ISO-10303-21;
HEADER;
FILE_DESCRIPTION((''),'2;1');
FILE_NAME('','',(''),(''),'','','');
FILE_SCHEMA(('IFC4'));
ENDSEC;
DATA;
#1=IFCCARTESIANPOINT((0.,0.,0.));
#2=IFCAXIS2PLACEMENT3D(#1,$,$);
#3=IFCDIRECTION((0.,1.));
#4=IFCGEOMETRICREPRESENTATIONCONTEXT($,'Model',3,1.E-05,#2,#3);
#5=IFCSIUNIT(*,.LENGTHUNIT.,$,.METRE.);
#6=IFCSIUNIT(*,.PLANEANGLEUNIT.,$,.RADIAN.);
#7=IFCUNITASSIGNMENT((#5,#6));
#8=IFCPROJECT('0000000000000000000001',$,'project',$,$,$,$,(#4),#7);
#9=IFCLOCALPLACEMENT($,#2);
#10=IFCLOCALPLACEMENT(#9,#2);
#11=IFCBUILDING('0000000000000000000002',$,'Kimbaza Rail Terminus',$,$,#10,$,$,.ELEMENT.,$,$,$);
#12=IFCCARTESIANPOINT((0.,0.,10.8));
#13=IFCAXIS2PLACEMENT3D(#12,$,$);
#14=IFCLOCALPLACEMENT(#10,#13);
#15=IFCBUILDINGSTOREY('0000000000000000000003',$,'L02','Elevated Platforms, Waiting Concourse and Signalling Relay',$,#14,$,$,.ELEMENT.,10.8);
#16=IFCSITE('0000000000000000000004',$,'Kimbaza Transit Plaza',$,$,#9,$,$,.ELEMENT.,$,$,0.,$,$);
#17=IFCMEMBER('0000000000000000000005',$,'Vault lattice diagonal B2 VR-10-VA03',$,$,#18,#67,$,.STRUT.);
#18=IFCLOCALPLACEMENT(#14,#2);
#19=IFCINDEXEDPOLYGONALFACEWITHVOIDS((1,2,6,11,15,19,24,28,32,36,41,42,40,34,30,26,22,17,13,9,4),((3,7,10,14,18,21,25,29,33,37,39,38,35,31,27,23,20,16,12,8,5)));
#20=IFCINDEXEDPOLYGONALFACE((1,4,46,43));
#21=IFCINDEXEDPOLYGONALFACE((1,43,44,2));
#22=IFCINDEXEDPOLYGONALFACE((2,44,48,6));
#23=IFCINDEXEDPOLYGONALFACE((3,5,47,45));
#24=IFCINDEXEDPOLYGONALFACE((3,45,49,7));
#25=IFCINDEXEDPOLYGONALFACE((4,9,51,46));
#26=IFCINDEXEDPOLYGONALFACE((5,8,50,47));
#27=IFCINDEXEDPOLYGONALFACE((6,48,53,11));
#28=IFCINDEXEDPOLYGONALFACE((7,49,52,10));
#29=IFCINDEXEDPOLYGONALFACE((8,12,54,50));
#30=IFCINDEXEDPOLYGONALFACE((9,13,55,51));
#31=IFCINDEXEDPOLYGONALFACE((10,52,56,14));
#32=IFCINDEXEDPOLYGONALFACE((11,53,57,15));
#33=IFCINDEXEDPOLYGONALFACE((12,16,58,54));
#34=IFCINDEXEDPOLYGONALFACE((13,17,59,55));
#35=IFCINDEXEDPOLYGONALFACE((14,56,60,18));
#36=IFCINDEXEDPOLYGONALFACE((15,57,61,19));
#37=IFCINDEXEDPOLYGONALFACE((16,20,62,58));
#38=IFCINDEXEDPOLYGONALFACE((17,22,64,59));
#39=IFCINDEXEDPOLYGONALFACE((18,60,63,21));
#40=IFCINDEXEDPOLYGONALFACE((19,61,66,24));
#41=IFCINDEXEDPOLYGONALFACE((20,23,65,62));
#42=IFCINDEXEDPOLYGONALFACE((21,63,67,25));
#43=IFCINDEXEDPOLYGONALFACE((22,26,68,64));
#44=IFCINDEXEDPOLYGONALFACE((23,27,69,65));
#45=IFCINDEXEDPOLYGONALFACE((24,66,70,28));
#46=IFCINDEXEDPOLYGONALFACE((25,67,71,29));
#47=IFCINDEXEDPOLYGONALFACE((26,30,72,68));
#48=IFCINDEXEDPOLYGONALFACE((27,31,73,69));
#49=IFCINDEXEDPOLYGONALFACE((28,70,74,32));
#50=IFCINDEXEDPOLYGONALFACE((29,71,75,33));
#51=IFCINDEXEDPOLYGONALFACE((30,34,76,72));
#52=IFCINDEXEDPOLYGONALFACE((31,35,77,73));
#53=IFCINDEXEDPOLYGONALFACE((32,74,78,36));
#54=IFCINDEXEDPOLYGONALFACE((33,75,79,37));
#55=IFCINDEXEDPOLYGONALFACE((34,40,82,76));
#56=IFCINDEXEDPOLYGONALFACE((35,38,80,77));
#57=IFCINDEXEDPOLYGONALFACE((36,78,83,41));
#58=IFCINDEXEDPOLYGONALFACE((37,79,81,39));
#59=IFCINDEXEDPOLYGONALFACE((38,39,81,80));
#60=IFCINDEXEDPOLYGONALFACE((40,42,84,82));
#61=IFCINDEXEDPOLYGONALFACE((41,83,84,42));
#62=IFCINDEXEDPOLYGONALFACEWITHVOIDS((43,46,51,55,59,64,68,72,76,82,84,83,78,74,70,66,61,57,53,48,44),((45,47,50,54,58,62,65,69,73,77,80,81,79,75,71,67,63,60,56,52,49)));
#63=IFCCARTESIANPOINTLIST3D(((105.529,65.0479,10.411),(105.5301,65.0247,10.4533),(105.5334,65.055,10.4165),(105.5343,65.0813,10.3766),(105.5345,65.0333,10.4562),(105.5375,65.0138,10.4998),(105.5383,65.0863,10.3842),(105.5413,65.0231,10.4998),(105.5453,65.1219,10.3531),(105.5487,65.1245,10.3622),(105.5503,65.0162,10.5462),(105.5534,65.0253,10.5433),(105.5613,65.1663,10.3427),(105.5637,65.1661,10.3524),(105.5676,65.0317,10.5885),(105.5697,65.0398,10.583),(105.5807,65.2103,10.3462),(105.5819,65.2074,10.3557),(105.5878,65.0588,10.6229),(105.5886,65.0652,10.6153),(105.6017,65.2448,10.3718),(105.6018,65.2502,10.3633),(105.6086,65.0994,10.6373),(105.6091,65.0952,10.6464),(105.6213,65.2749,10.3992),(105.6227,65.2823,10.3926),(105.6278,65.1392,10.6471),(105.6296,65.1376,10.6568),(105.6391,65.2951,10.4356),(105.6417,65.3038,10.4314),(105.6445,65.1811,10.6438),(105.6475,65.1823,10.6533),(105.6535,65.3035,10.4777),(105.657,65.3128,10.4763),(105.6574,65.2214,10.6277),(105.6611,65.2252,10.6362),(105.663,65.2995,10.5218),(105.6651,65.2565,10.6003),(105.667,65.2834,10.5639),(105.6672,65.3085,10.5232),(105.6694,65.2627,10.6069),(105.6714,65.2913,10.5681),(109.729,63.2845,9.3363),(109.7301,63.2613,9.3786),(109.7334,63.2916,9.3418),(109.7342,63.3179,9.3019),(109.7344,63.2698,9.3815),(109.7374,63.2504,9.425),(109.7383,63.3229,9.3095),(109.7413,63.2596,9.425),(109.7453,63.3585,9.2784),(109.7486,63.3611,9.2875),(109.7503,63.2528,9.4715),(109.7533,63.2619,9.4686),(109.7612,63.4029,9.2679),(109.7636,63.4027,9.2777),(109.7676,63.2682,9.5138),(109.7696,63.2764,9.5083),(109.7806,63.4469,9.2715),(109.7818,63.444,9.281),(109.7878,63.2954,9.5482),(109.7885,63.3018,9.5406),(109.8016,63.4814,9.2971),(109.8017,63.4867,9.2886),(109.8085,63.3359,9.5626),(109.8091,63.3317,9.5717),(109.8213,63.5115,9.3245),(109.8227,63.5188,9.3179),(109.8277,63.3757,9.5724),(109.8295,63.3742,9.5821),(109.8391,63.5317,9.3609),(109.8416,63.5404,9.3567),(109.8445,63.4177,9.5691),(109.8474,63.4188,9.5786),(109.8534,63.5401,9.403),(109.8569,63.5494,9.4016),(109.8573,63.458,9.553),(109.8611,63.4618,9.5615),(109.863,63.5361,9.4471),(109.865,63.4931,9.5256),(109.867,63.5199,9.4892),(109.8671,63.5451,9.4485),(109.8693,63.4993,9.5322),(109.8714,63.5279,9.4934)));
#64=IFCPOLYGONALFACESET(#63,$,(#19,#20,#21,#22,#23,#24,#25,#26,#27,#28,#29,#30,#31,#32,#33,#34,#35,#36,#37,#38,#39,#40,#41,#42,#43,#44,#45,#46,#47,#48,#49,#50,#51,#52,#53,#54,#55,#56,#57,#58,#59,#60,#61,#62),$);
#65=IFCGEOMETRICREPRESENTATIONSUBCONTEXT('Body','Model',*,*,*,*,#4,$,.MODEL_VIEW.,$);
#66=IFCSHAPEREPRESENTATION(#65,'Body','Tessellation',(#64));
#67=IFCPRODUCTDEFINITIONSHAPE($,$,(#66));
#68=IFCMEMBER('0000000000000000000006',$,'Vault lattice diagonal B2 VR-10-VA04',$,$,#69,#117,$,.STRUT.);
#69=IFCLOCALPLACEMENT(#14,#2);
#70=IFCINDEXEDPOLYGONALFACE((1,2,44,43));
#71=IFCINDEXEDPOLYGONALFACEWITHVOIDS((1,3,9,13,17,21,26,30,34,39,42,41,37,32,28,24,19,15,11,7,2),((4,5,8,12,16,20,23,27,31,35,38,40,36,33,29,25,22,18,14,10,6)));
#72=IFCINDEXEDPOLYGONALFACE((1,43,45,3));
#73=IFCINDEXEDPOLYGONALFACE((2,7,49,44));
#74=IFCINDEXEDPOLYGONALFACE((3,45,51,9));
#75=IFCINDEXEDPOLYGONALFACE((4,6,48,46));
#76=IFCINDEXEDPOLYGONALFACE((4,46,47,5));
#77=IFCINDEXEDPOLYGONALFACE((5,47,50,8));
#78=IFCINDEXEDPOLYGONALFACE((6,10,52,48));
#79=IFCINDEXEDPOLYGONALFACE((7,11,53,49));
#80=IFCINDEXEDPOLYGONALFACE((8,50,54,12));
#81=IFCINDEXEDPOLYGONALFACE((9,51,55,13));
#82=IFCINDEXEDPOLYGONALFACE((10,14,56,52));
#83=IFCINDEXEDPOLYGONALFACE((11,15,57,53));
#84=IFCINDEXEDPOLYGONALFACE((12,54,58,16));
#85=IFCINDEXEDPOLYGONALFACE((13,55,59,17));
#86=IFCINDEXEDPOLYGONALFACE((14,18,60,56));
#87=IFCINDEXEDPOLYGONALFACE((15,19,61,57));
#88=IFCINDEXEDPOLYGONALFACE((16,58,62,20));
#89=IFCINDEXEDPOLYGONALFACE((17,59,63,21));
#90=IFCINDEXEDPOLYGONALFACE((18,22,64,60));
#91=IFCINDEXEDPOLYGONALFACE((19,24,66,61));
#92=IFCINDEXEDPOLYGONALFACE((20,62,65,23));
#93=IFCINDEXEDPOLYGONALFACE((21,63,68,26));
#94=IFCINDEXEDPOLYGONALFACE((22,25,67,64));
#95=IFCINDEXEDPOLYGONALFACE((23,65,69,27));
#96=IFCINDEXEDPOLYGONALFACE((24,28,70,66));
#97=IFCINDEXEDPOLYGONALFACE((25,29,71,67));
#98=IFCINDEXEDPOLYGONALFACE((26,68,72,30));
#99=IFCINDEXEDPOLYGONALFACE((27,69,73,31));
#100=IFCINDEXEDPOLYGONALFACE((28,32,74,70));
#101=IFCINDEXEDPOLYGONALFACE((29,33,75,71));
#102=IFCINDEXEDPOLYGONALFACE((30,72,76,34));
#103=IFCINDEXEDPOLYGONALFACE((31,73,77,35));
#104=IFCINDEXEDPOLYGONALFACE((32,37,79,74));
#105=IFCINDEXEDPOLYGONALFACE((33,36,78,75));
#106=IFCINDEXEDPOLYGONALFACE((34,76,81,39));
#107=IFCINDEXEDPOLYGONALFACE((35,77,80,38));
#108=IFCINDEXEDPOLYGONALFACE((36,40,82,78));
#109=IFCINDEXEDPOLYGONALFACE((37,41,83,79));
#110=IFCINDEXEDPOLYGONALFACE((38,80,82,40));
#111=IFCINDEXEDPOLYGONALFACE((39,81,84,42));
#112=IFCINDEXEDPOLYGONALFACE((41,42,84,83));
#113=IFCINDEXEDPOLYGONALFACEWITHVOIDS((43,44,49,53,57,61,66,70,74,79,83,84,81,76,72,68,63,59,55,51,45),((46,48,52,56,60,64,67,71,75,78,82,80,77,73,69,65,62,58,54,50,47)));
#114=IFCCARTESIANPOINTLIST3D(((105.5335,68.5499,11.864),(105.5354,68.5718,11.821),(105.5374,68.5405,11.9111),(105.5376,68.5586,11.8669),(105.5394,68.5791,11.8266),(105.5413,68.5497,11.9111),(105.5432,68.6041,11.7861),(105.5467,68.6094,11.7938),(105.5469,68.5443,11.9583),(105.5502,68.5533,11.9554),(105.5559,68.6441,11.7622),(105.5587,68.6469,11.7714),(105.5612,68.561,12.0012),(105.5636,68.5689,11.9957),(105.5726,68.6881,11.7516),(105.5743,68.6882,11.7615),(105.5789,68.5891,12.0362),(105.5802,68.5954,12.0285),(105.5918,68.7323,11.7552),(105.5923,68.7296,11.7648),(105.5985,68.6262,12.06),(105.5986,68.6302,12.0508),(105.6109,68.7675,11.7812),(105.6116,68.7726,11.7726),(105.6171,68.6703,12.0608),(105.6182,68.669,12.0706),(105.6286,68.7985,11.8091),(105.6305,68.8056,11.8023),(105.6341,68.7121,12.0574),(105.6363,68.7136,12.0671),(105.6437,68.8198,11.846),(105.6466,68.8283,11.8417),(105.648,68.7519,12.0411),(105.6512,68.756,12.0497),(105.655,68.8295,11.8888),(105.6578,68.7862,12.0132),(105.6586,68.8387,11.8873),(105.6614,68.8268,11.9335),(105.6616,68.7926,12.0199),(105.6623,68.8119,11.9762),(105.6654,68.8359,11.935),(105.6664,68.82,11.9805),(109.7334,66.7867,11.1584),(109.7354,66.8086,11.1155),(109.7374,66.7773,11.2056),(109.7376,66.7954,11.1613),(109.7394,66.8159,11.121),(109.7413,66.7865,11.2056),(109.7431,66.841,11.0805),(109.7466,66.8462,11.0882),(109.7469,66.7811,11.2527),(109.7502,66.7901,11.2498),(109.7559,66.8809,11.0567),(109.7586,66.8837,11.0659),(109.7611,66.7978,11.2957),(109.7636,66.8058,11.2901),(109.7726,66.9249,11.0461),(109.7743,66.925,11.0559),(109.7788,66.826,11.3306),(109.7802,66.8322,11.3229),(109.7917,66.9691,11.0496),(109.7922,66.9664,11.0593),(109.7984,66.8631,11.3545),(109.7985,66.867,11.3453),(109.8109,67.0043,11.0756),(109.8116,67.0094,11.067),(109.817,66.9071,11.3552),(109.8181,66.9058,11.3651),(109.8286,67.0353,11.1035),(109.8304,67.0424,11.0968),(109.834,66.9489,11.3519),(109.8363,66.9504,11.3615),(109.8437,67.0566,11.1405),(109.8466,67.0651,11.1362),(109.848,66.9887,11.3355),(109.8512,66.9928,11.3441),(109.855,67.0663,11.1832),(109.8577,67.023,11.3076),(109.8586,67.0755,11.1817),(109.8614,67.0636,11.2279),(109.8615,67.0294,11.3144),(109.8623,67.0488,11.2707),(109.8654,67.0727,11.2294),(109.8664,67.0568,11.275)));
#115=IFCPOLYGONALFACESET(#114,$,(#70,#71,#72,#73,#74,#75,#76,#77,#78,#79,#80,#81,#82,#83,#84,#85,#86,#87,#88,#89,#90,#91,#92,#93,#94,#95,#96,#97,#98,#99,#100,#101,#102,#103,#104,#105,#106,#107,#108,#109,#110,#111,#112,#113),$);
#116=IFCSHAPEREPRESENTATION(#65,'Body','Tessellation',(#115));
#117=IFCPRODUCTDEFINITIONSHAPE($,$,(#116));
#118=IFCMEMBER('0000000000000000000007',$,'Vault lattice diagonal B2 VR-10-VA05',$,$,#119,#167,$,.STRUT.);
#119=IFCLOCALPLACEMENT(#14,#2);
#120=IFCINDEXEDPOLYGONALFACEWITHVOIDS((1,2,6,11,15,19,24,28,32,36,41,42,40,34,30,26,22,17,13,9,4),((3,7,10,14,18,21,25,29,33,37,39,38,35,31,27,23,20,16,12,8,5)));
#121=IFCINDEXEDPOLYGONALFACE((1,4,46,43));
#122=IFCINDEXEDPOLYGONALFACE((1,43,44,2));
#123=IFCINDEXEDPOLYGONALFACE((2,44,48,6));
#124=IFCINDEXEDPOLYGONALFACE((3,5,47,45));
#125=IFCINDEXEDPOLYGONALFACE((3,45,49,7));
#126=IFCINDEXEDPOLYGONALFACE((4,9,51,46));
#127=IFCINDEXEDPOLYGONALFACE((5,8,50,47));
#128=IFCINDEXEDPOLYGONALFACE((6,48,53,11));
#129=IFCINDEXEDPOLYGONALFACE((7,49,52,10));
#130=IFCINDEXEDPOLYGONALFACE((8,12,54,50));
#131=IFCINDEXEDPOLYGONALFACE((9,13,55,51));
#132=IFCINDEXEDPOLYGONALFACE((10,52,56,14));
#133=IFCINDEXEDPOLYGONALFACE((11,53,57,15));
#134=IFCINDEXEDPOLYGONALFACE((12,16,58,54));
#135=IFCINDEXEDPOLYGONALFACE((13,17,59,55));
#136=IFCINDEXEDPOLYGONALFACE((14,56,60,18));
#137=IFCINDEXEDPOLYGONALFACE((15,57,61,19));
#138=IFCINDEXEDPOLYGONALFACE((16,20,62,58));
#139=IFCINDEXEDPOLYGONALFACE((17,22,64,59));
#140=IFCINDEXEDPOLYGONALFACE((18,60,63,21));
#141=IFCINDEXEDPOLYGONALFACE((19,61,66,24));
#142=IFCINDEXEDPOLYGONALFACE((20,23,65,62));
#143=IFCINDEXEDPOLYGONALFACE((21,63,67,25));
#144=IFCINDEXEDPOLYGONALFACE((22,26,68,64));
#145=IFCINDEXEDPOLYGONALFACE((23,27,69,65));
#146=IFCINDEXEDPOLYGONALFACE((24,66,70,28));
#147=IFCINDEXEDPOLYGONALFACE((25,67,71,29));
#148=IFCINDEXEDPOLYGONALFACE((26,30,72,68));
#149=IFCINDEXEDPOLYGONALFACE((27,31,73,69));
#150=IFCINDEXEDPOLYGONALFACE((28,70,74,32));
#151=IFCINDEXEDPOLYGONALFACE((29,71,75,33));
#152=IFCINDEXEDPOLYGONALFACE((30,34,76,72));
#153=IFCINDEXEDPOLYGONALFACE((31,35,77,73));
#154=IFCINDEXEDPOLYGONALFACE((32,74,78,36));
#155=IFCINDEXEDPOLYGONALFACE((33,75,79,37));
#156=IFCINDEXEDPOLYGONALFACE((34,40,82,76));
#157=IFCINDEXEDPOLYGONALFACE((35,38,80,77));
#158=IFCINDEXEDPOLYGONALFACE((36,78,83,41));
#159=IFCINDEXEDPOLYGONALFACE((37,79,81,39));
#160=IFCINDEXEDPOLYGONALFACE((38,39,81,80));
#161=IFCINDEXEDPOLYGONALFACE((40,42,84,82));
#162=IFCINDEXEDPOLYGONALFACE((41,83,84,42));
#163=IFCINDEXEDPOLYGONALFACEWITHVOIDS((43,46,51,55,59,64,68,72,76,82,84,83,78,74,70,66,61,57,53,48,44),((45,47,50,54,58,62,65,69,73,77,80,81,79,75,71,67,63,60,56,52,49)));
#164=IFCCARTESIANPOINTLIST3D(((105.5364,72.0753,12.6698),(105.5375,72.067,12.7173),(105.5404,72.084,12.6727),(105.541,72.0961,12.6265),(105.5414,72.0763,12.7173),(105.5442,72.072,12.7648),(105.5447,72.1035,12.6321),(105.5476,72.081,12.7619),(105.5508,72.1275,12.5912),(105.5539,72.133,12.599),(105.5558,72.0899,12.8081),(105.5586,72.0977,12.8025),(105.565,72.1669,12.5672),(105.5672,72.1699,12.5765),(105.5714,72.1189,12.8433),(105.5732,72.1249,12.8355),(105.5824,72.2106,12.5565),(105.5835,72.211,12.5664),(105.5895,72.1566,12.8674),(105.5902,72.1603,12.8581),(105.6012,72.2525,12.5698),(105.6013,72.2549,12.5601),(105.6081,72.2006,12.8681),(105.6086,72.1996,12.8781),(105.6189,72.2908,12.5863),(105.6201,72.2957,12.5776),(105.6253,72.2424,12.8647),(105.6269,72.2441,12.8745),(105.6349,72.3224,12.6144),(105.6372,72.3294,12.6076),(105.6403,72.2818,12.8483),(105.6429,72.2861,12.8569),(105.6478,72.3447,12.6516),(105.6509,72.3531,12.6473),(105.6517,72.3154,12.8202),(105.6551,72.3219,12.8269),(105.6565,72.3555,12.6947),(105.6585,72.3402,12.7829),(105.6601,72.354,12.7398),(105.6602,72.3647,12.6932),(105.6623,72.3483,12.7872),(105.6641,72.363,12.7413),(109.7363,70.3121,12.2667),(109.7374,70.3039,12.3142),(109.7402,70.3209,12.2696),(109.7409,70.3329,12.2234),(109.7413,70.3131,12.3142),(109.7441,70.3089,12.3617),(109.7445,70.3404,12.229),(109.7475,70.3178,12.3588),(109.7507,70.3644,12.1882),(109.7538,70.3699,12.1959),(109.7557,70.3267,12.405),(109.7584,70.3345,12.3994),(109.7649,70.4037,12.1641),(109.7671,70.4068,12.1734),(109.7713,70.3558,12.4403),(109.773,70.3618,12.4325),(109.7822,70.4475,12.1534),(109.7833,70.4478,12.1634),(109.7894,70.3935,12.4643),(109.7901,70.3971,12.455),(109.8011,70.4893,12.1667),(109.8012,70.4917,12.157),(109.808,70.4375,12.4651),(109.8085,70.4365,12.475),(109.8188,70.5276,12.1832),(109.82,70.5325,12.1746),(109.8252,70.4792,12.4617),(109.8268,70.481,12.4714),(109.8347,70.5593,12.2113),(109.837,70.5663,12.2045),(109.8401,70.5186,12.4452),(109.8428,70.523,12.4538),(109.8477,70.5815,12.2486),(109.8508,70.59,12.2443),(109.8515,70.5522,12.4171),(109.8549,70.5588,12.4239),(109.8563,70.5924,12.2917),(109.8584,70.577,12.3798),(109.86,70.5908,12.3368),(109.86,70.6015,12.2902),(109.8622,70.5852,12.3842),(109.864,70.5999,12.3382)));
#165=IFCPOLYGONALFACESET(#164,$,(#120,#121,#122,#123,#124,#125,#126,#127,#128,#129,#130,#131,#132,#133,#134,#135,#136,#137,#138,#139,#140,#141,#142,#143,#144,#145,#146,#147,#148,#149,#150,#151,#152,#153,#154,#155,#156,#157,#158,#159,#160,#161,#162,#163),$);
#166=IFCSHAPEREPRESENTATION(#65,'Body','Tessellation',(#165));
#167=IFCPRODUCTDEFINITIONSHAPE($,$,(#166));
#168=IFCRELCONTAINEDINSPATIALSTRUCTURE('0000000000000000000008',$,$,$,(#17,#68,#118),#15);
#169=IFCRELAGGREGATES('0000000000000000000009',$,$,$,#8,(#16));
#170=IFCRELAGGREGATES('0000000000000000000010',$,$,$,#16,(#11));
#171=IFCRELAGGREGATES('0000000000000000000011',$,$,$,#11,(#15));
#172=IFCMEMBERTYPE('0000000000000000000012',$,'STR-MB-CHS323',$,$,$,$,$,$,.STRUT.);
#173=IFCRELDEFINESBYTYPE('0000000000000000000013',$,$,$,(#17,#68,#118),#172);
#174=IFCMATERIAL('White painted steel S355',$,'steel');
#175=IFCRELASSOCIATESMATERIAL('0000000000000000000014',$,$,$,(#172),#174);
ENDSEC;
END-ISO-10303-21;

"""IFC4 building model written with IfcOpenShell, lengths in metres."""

from ifc_helpers import new_model, si_unit, direction, frame, origin, origin_2d, place, context, subcontext, project, spatial, hollow_circle, extrude, material, material_profile, profile_set, type_object, element, save


model = new_model("IFC4")

# Units and contexts
model_context = context("Model", 3, precision=1e-05, world=origin(), true_north=direction((0.0, 1.0)))
body_context = subcontext(model_context, "Body", "Model", "MODEL_VIEW")
ifc_project = project(units=[si_unit("LENGTHUNIT", "METRE"), si_unit("PLANEANGLEUNIT", "RADIAN")], contexts=[model_context])

# Site, building, storey
site_placement = place(None, origin())
site = spatial("IfcSite", under=ifc_project, at=site_placement, Name="Kimbaza Transit Plaza", CompositionType="ELEMENT", RefElevation=0.0)
building_placement = place(site_placement, origin())
building = spatial("IfcBuilding", under=site, at=building_placement, Name="Kimbaza Rail Terminus", CompositionType="ELEMENT")
storey_placement = place(building_placement, frame((0.0, 0.0, 10.8)))
storey = spatial("IfcBuildingStorey", under=building, at=storey_placement, Name="L02", Description="Elevated Platforms, Waiting Concourse and Signalling Relay", CompositionType="ELEMENT", Elevation=10.8)

# Members
ifc_material_1 = material(Name="White painted steel S355", Category="steel")
ifc_material_profile_1 = material_profile(ifc_material_1, hollow_circle(Radius=0.1619, WallThickness=0.01, at=origin_2d()), Name="CHS 323.9x10")
ifc_profile_set_1 = profile_set([ifc_material_profile_1], Name="White painted steel S355")
member_type_1 = type_object("IfcMemberType", Name="STR-MB-CHS323", PredefinedType="STRUT", material=ifc_profile_set_1)
member_1_placement = place(storey_placement, frame((109.8, 63.3997, 9.425), z_axis=(-0.897387, 0.376785, 0.229628), x_axis=(-0.38713, -0.922025, 0.0)))
element("IfcMember", 1, at=member_1_placement, inside=storey, type_object=member_type_1, Name="Vault lattice diagonal B2 VR-10-VA03", PredefinedType="STRUT", context=body_context, shape_type="SweptSolid", body=[
    extrude(hollow_circle(Radius=0.1619, WallThickness=0.01, at=origin_2d()), origin(), (0.0, 0.0, 1.0), 4.6802),
])
member_2_placement = place(storey_placement, frame((109.8, 66.9265, 11.2056), z_axis=(-0.911178, 0.382522, 0.153072), x_axis=(-0.387084, -0.922044, 0.0)))
element("IfcMember", 2, at=member_2_placement, inside=storey, type_object=member_type_1, Name="Vault lattice diagonal B2 VR-10-VA04", PredefinedType="STRUT", context=body_context, shape_type="SweptSolid", body=[
    extrude(hollow_circle(Radius=0.1619, WallThickness=0.01, at=origin_2d()), origin(), (0.0, 0.0, 1.0), 4.6094),
])
member_3_placement = place(storey_placement, frame((109.8, 70.4531, 12.3142), z_axis=(-0.918456, 0.385577, 0.088146), x_axis=(-0.387084, -0.922044, 0.0)))
element("IfcMember", 3, at=member_3_placement, inside=storey, type_object=member_type_1, Name="Vault lattice diagonal B2 VR-10-VA05", PredefinedType="STRUT", context=body_context, shape_type="SweptSolid", body=[
    extrude(hollow_circle(Radius=0.1619, WallThickness=0.01, at=origin_2d()), origin(), (0.0, 0.0, 1.0), 4.5728),
])

save(model, "model.ifc")
